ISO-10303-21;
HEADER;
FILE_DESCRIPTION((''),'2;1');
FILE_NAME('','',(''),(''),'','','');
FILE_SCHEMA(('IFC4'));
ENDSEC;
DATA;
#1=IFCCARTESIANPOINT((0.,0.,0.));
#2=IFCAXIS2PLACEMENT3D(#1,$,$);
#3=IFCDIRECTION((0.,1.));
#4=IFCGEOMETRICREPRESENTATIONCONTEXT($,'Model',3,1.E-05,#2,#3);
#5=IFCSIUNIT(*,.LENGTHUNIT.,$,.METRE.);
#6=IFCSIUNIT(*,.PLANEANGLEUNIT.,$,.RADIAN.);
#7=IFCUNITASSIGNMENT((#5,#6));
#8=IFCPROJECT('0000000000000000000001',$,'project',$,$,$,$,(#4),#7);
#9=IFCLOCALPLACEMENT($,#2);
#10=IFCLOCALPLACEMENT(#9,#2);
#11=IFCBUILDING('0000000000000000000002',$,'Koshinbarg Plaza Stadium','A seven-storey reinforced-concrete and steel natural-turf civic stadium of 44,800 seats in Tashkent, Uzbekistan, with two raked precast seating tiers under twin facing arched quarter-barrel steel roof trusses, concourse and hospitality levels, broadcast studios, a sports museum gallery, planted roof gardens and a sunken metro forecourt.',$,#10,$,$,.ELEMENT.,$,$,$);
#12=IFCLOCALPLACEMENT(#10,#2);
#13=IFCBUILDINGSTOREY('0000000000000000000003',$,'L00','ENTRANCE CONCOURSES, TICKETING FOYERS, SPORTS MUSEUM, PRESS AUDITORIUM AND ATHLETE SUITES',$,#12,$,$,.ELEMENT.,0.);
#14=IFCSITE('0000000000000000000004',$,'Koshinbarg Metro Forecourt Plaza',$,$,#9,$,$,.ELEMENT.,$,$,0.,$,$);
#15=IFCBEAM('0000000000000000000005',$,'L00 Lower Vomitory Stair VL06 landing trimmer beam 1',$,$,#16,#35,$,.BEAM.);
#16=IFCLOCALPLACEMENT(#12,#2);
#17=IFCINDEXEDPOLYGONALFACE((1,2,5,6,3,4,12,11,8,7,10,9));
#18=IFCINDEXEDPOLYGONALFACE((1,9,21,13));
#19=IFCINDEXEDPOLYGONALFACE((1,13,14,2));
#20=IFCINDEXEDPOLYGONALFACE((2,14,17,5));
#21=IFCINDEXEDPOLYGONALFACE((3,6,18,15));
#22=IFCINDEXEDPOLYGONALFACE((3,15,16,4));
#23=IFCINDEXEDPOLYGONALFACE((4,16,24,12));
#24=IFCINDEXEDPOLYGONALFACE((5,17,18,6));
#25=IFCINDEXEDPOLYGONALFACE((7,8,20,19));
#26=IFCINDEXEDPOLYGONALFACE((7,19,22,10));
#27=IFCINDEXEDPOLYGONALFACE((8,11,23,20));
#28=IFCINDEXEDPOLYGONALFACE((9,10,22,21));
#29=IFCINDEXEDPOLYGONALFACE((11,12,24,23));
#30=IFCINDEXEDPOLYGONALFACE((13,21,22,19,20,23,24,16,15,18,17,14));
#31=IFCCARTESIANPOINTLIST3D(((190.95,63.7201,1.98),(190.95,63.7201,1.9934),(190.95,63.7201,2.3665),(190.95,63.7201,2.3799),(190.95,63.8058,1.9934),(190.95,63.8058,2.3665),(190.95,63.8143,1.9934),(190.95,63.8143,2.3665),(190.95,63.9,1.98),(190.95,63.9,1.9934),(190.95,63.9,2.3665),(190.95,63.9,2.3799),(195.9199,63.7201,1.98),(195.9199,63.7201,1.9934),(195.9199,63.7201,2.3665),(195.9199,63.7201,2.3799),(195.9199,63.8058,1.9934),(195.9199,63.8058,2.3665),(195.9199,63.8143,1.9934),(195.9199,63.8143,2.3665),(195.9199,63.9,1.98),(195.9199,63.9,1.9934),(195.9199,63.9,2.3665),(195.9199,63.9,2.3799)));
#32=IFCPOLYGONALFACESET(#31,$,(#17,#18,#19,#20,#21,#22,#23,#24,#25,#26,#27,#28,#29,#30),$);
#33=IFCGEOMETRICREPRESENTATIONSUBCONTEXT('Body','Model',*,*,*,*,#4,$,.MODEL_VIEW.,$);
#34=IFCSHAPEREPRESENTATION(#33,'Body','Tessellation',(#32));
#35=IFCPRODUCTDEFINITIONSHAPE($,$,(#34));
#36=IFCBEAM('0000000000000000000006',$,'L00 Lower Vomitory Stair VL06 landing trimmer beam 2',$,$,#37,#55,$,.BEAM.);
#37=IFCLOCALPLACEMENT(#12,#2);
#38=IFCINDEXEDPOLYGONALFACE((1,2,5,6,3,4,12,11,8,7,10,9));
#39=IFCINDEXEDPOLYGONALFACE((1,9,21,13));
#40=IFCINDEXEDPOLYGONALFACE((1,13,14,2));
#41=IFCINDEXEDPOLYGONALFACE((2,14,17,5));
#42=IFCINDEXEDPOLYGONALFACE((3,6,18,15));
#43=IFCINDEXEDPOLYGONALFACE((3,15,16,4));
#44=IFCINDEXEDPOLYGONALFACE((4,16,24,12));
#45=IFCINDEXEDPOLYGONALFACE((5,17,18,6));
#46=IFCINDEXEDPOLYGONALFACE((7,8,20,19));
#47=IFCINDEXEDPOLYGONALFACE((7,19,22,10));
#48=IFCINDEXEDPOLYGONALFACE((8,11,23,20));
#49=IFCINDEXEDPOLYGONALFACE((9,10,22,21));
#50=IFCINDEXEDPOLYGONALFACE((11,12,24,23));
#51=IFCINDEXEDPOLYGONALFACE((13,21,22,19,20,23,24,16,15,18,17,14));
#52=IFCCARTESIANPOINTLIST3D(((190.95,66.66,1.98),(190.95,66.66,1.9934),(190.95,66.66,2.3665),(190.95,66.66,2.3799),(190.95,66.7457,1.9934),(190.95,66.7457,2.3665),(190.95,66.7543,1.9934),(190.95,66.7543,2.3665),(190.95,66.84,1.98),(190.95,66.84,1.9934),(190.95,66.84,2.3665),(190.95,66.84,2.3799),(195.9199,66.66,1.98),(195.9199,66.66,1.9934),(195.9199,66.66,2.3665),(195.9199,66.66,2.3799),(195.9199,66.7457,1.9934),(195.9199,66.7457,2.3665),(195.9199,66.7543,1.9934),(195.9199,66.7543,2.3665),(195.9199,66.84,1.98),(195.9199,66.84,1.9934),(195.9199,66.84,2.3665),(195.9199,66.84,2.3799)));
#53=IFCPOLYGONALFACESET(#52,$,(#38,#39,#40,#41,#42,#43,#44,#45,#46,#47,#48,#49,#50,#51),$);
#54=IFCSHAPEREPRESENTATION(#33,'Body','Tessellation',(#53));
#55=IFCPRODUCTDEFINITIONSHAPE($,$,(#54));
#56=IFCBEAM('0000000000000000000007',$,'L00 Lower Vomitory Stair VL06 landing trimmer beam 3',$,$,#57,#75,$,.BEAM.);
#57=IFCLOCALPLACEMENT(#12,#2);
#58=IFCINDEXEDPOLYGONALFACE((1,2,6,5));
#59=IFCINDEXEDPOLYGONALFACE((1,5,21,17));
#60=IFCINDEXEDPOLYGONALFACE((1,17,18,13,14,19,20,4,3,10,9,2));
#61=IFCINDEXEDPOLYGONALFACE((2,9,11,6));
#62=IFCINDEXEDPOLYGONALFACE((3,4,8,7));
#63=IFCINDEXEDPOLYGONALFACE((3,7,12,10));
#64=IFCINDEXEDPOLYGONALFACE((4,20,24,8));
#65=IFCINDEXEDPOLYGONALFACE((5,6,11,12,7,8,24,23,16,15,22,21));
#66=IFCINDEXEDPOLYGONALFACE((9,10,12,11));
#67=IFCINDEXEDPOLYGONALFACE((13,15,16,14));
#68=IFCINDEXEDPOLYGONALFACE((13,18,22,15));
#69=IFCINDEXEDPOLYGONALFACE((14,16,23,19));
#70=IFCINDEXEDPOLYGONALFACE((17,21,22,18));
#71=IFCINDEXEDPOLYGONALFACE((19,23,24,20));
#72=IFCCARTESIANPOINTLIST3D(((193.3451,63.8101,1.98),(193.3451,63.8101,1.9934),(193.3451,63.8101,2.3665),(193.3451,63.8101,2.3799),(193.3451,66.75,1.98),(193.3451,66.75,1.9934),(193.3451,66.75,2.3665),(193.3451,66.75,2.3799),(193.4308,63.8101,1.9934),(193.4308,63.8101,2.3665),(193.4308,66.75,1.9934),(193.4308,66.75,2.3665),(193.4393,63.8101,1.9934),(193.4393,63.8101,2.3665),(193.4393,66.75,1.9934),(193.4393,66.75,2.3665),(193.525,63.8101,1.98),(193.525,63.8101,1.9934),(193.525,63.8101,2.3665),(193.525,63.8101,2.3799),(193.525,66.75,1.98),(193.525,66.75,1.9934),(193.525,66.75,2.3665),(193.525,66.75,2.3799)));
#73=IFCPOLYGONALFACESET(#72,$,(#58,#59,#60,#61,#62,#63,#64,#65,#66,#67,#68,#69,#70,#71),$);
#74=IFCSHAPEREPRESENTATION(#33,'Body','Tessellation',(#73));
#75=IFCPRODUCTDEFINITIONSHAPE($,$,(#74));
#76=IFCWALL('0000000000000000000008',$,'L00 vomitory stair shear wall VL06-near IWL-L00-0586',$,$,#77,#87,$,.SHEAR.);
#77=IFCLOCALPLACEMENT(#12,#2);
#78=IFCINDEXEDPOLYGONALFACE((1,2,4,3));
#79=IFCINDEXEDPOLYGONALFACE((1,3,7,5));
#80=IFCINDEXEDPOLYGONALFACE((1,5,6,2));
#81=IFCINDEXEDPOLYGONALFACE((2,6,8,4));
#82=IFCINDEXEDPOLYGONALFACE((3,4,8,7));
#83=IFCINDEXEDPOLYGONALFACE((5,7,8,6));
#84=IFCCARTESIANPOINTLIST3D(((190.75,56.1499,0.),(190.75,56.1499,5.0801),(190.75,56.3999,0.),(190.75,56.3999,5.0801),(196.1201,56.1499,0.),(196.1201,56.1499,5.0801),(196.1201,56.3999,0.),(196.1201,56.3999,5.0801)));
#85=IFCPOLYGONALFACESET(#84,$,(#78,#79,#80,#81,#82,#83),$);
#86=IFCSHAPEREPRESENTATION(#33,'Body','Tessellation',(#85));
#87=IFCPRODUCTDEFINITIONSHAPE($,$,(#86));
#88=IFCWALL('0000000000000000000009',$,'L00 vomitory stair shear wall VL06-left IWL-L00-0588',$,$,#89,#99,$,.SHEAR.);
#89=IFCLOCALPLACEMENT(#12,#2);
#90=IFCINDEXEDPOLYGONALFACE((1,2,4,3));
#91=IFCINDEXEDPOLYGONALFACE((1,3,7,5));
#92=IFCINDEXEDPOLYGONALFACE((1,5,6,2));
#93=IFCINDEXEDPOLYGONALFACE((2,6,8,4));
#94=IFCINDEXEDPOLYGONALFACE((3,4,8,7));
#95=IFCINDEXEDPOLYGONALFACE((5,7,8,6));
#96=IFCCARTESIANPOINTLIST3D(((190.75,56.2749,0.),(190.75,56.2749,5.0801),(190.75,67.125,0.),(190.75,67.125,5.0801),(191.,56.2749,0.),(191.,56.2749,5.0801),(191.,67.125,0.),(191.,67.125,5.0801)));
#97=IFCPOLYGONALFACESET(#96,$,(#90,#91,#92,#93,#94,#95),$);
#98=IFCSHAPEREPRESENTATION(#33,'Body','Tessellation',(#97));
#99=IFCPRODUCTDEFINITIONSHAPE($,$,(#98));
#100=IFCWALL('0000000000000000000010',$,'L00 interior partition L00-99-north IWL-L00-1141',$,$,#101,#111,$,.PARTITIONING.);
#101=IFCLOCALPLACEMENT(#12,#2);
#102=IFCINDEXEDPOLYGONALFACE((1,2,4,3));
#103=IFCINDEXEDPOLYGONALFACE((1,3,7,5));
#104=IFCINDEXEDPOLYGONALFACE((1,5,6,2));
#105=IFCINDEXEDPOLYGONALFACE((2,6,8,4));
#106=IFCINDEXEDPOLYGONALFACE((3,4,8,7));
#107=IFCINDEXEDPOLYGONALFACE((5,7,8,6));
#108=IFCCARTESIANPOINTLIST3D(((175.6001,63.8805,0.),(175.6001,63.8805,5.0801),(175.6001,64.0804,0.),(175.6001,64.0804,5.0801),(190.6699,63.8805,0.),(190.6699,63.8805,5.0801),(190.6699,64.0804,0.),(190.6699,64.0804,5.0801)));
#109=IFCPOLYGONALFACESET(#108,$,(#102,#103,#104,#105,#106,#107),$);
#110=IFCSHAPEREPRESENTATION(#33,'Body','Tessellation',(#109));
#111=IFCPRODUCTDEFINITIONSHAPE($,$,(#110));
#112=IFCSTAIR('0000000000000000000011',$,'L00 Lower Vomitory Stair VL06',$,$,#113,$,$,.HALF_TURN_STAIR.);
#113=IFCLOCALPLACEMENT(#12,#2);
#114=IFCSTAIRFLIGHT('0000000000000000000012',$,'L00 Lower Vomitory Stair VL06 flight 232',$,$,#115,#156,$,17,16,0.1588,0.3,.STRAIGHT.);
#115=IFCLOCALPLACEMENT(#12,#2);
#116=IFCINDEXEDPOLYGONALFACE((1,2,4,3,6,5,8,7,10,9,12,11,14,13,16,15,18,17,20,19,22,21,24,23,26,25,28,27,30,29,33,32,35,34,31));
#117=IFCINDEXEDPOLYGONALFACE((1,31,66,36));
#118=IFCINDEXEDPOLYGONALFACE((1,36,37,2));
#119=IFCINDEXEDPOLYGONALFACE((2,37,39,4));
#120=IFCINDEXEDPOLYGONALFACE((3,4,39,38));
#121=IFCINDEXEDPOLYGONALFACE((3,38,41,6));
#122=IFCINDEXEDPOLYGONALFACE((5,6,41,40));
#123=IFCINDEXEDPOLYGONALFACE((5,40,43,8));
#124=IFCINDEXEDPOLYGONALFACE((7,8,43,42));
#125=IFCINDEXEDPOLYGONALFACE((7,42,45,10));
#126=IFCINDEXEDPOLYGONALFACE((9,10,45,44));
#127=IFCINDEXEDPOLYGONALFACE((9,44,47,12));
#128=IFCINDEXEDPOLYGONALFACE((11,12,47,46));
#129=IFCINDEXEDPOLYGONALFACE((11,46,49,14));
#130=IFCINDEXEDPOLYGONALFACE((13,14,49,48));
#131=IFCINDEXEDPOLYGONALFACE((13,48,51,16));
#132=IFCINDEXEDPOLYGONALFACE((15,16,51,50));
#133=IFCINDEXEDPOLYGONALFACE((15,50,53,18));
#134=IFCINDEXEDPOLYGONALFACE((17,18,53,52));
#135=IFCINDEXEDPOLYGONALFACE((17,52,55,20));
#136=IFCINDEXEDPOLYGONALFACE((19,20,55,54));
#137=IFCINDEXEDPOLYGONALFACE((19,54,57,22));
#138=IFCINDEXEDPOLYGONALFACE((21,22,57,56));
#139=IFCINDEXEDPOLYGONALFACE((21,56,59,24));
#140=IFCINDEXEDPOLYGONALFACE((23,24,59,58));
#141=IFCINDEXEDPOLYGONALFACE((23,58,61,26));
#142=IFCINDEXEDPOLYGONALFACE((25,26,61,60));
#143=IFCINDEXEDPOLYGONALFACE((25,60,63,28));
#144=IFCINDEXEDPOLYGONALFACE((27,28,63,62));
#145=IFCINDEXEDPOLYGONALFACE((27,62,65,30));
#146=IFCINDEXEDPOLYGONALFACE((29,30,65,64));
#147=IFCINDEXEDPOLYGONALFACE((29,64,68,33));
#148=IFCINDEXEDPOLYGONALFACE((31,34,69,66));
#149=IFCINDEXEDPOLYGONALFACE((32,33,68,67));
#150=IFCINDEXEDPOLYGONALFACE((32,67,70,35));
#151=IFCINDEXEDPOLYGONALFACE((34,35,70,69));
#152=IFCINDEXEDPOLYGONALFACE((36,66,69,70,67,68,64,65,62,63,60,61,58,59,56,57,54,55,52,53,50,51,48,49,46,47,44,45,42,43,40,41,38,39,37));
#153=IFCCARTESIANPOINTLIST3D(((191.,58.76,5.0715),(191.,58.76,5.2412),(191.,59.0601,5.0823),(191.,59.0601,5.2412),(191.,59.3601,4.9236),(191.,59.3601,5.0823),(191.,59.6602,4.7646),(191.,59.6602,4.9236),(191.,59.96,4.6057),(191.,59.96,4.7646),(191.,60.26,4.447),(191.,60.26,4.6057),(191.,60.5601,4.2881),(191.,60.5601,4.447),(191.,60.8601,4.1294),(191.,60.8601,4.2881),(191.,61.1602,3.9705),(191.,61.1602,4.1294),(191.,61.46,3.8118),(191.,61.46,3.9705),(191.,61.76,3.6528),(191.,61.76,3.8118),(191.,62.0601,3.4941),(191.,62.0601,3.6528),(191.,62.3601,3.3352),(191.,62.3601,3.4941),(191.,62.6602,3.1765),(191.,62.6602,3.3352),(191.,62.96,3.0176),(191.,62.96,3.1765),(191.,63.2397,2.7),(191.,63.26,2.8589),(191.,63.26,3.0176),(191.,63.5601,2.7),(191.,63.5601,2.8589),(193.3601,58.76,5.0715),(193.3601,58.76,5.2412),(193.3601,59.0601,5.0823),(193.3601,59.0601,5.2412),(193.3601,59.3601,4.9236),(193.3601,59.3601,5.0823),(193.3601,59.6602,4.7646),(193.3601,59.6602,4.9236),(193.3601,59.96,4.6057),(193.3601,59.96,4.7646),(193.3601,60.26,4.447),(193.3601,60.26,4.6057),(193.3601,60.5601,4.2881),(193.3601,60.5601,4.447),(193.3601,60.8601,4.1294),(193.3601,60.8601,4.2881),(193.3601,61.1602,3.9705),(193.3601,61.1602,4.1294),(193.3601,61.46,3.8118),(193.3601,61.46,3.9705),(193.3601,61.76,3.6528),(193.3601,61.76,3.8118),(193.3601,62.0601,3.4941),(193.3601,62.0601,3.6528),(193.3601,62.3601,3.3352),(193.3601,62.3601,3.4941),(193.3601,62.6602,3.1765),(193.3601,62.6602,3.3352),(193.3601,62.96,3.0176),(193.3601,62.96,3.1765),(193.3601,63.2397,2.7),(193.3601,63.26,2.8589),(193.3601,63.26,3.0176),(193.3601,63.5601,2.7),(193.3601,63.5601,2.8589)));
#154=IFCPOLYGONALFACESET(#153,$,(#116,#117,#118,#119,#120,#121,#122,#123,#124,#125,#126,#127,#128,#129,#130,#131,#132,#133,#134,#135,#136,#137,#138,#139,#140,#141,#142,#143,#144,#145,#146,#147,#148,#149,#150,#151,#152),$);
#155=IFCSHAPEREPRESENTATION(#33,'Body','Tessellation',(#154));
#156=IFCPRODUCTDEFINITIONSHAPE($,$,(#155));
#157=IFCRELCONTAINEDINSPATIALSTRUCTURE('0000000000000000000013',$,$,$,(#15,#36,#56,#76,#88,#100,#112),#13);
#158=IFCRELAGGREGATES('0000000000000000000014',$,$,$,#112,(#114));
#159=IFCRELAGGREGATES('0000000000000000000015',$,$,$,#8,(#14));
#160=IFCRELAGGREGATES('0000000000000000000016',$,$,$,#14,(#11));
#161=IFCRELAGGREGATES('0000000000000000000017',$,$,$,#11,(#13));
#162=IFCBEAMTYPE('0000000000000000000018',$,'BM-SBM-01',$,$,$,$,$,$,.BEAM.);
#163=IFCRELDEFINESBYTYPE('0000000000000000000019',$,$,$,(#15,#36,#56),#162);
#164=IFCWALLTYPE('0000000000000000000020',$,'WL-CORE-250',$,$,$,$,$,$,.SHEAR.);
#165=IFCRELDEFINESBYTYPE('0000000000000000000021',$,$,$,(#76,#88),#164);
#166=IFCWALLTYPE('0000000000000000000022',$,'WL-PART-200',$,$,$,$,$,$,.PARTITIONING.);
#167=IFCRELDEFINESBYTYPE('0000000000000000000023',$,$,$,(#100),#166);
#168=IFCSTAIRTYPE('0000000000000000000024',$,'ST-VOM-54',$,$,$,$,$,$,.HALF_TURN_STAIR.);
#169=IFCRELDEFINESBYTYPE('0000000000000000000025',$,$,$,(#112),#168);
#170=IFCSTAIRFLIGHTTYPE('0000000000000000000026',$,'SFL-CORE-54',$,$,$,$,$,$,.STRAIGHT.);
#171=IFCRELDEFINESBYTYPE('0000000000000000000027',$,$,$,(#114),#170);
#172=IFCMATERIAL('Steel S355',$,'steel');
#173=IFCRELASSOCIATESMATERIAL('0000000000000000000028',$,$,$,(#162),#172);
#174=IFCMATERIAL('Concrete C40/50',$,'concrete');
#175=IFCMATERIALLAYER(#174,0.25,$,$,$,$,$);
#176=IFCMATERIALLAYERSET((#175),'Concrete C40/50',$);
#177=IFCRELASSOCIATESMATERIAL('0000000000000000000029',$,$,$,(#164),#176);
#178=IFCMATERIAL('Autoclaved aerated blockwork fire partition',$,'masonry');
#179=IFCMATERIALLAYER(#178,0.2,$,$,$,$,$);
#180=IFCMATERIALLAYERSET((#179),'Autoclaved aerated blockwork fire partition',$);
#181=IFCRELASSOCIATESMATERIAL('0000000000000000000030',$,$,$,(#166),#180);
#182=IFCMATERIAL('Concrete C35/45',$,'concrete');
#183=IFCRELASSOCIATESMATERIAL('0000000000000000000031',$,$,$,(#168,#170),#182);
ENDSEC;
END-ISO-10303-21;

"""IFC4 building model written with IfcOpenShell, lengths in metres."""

from ifc_helpers import new_model, si_unit, direction, frame, frame_2d, origin, origin_2d, place, context, subcontext, project, spatial, polyline, rectangle, i_section, outline, extrude, material, layer, layer_set, material_profile, profile_set, type_object, element, aggregate, save


model = new_model("IFC4")

# Units and contexts
model_context = context("Model", 3, precision=1e-05, world=origin(), true_north=direction((0.0, 1.0)))
body_context = subcontext(model_context, "Body", "Model", "MODEL_VIEW")
ifc_project = project(units=[si_unit("LENGTHUNIT", "METRE"), si_unit("PLANEANGLEUNIT", "RADIAN")], contexts=[model_context])

# Site, building, storey
site_placement = place(None, origin())
site = spatial("IfcSite", under=ifc_project, at=site_placement, Name="Koshinbarg Metro Forecourt Plaza", CompositionType="ELEMENT", RefElevation=0.0)
building_placement = place(site_placement, origin())
building = spatial("IfcBuilding", under=site, at=building_placement, Name="Koshinbarg Plaza Stadium", Description="A seven-storey reinforced-concrete and steel natural-turf civic stadium of 44,800 seats in Tashkent, Uzbekistan, with two raked precast seating tiers under twin facing arched quarter-barrel steel roof trusses, concourse and hospitality levels, broadcast studios, a sports museum gallery, planted roof gardens and a sunken metro forecourt.", CompositionType="ELEMENT")
storey_placement = place(building_placement, origin())
storey = spatial("IfcBuildingStorey", under=building, at=storey_placement, Name="L00", Description="ENTRANCE CONCOURSES, TICKETING FOYERS, SPORTS MUSEUM, PRESS AUDITORIUM AND ATHLETE SUITES", CompositionType="ELEMENT", Elevation=0.0)

# Shared definitions
ifc_material_1 = material(Name="Concrete C35/45", Category="concrete")

# Shared definitions
ifc_material_2 = material(Name="Concrete C40/50", Category="concrete")

# Beams
ifc_material_3 = material(Name="Steel S355", Category="steel")
ifc_material_profile_1 = material_profile(ifc_material_3, i_section(OverallWidth=0.1799, OverallDepth=0.3999, WebThickness=0.0085, FlangeThickness=0.0134, at=origin_2d()), Name="IPE 400")
ifc_profile_set_1 = profile_set([ifc_material_profile_1], Name="Steel S355")
beam_type = type_object("IfcBeamType", Name="BM-SBM-01", PredefinedType="BEAM", material=ifc_profile_set_1)
for number, where, z_axis, x_axis, name in (
    (1, (190.95, 63.8101, 2.1799), (1.0, 0.0, 0.0), (0.0, 1.0, 0.0), "L00 Lower Vomitory Stair VL06 landing trimmer beam 1"),
    (2, (190.95, 66.75, 2.1799), (1.0, 0.0, 0.0), (0.0, 1.0, 0.0), "L00 Lower Vomitory Stair VL06 landing trimmer beam 2"),
):
    element("IfcBeam", number, at=place(storey_placement, frame(where, z_axis=z_axis, x_axis=x_axis)), inside=storey, type_object=beam_type, Name=name, PredefinedType="BEAM", context=body_context, shape_type="SweptSolid", body=[
        extrude(i_section(OverallWidth=0.1799, OverallDepth=0.3999, WebThickness=0.0085, FlangeThickness=0.0134, at=origin_2d()), origin(), (0.0, 0.0, 1.0), 4.97),
    ])
beam_placement = place(storey_placement, frame((193.4351, 63.8101, 2.1799), z_axis=(0.0, 1.0, 0.0), x_axis=(-1.0, 0.0, 0.0)))
element("IfcBeam", 3, at=beam_placement, inside=storey, type_object=beam_type, Name="L00 Lower Vomitory Stair VL06 landing trimmer beam 3", PredefinedType="BEAM", context=body_context, shape_type="SweptSolid", body=[
    extrude(i_section(OverallWidth=0.1799, OverallDepth=0.3999, WebThickness=0.0085, FlangeThickness=0.0134, at=origin_2d()), origin(), (0.0, 0.0, 1.0), 2.9399),
])

# Walls
ifc_layer_1 = layer(ifc_material_2, 0.25)
ifc_layer_set_1 = layer_set([ifc_layer_1], Name="Concrete C40/50")
wall_type_1 = type_object("IfcWallType", Name="WL-CORE-250", PredefinedType="SHEAR", material=ifc_layer_set_1)
wall_1_placement = place(storey_placement, frame((190.75, 56.2749, 0.0), z_axis=(0.0, 0.0, 1.0), x_axis=(1.0, 0.0, 0.0)))
element("IfcWall", 4, at=wall_1_placement, inside=storey, type_object=wall_type_1, Name="L00 vomitory stair shear wall VL06-near IWL-L00-0586", PredefinedType="SHEAR", context=body_context, shape_type="SweptSolid", body=[
    extrude(rectangle(XDim=5.3701, YDim=0.25, at=frame_2d((2.6851, 0.0))), origin(), (0.0, 0.0, 1.0), 5.0801),
])
wall_2_placement = place(storey_placement, frame((190.875, 56.2749, 0.0), z_axis=(0.0, 0.0, 1.0), x_axis=(0.0, 1.0, 0.0)))
element("IfcWall", 5, at=wall_2_placement, inside=storey, type_object=wall_type_1, Name="L00 vomitory stair shear wall VL06-left IWL-L00-0588", PredefinedType="SHEAR", context=body_context, shape_type="SweptSolid", body=[
    extrude(rectangle(XDim=10.8501, YDim=0.25, at=frame_2d((5.425, 0.0))), origin(), (0.0, 0.0, 1.0), 5.0801),
])
ifc_material_4 = material(Name="Autoclaved aerated blockwork fire partition", Category="masonry")
ifc_layer_2 = layer(ifc_material_4, 0.2)
ifc_layer_set_2 = layer_set([ifc_layer_2], Name="Autoclaved aerated blockwork fire partition")
wall_type_2 = type_object("IfcWallType", Name="WL-PART-200", PredefinedType="PARTITIONING", material=ifc_layer_set_2)
wall_3_placement = place(storey_placement, frame((190.6699, 63.9805, 0.0), z_axis=(0.0, 0.0, 1.0), x_axis=(-1.0, 0.0, 0.0)))
element("IfcWall", 6, at=wall_3_placement, inside=storey, type_object=wall_type_2, Name="L00 interior partition L00-99-north IWL-L00-1141", PredefinedType="PARTITIONING", context=body_context, shape_type="SweptSolid", body=[
    extrude(rectangle(XDim=15.0698, YDim=0.2, at=frame_2d((7.5349, 0.0))), origin(), (0.0, 0.0, 1.0), 5.0801),
])

# Stair, stair flight
stair_type = type_object("IfcStairType", Name="ST-VOM-54", PredefinedType="HALF_TURN_STAIR", material=ifc_material_1)
stair_placement = place(storey_placement, origin())
stair = element("IfcStair", 7, at=stair_placement, inside=storey, type_object=stair_type, Name="L00 Lower Vomitory Stair VL06", PredefinedType="HALF_TURN_STAIR")
stair_flight_type = type_object("IfcStairFlightType", Name="SFL-CORE-54", PredefinedType="STRAIGHT", material=ifc_material_1)
stair_flight_placement = place(storey_placement, frame((192.1799, 63.5601, 2.7), z_axis=(0.0, 0.0, 1.0), x_axis=(0.0, -1.0, 0.0)))
stair_flight = element("IfcStairFlight", 8, at=stair_flight_placement, type_object=stair_flight_type, Name="L00 Lower Vomitory Stair VL06 flight 232", NumberOfRisers=17, NumberOfTreads=16, PredefinedType="STRAIGHT", RiserHeight=0.1588, TreadLength=0.3, context=body_context, shape_type="SweptSolid", body=[
    extrude(outline(polyline([(0.0, 0.0), (0.0, 0.1589), (0.3, 0.1589), (0.3, 0.3176), (0.6001, 0.3176), (0.6001, 0.4766), (0.8999, 0.4766), (0.8999, 0.6353), (1.2, 0.6353), (1.2, 0.7942), (1.5, 0.7942), (1.5, 0.9529), (1.8, 0.9529), (1.8, 1.1118), (2.1001, 1.1118), (2.1001, 1.2705), (2.3999, 1.2705), (2.3999, 1.4294), (2.7, 1.4294), (2.7, 1.5881), (3.0, 1.5881), (3.0, 1.7471), (3.3, 1.7471), (3.3, 1.9058), (3.6001, 1.9058), (3.6001, 2.0647), (3.8999, 2.0647), (3.8999, 2.2236), (4.2, 2.2236), (4.2, 2.3823), (4.5, 2.3823), (4.5, 2.5413), (4.8, 2.5413), (4.8, 2.7), (4.8, 2.3716), (0.3203, 0.0), (0.0, 0.0)])), frame((0.0, 1.1802, 0.0), z_axis=(0.0, -1.0, 0.0), x_axis=(1.0, 0.0, 0.0)), (0.0, 0.0, 1.0), 2.3601),
])
aggregate(stair, [stair_flight])

save(model, "model.ifc")
